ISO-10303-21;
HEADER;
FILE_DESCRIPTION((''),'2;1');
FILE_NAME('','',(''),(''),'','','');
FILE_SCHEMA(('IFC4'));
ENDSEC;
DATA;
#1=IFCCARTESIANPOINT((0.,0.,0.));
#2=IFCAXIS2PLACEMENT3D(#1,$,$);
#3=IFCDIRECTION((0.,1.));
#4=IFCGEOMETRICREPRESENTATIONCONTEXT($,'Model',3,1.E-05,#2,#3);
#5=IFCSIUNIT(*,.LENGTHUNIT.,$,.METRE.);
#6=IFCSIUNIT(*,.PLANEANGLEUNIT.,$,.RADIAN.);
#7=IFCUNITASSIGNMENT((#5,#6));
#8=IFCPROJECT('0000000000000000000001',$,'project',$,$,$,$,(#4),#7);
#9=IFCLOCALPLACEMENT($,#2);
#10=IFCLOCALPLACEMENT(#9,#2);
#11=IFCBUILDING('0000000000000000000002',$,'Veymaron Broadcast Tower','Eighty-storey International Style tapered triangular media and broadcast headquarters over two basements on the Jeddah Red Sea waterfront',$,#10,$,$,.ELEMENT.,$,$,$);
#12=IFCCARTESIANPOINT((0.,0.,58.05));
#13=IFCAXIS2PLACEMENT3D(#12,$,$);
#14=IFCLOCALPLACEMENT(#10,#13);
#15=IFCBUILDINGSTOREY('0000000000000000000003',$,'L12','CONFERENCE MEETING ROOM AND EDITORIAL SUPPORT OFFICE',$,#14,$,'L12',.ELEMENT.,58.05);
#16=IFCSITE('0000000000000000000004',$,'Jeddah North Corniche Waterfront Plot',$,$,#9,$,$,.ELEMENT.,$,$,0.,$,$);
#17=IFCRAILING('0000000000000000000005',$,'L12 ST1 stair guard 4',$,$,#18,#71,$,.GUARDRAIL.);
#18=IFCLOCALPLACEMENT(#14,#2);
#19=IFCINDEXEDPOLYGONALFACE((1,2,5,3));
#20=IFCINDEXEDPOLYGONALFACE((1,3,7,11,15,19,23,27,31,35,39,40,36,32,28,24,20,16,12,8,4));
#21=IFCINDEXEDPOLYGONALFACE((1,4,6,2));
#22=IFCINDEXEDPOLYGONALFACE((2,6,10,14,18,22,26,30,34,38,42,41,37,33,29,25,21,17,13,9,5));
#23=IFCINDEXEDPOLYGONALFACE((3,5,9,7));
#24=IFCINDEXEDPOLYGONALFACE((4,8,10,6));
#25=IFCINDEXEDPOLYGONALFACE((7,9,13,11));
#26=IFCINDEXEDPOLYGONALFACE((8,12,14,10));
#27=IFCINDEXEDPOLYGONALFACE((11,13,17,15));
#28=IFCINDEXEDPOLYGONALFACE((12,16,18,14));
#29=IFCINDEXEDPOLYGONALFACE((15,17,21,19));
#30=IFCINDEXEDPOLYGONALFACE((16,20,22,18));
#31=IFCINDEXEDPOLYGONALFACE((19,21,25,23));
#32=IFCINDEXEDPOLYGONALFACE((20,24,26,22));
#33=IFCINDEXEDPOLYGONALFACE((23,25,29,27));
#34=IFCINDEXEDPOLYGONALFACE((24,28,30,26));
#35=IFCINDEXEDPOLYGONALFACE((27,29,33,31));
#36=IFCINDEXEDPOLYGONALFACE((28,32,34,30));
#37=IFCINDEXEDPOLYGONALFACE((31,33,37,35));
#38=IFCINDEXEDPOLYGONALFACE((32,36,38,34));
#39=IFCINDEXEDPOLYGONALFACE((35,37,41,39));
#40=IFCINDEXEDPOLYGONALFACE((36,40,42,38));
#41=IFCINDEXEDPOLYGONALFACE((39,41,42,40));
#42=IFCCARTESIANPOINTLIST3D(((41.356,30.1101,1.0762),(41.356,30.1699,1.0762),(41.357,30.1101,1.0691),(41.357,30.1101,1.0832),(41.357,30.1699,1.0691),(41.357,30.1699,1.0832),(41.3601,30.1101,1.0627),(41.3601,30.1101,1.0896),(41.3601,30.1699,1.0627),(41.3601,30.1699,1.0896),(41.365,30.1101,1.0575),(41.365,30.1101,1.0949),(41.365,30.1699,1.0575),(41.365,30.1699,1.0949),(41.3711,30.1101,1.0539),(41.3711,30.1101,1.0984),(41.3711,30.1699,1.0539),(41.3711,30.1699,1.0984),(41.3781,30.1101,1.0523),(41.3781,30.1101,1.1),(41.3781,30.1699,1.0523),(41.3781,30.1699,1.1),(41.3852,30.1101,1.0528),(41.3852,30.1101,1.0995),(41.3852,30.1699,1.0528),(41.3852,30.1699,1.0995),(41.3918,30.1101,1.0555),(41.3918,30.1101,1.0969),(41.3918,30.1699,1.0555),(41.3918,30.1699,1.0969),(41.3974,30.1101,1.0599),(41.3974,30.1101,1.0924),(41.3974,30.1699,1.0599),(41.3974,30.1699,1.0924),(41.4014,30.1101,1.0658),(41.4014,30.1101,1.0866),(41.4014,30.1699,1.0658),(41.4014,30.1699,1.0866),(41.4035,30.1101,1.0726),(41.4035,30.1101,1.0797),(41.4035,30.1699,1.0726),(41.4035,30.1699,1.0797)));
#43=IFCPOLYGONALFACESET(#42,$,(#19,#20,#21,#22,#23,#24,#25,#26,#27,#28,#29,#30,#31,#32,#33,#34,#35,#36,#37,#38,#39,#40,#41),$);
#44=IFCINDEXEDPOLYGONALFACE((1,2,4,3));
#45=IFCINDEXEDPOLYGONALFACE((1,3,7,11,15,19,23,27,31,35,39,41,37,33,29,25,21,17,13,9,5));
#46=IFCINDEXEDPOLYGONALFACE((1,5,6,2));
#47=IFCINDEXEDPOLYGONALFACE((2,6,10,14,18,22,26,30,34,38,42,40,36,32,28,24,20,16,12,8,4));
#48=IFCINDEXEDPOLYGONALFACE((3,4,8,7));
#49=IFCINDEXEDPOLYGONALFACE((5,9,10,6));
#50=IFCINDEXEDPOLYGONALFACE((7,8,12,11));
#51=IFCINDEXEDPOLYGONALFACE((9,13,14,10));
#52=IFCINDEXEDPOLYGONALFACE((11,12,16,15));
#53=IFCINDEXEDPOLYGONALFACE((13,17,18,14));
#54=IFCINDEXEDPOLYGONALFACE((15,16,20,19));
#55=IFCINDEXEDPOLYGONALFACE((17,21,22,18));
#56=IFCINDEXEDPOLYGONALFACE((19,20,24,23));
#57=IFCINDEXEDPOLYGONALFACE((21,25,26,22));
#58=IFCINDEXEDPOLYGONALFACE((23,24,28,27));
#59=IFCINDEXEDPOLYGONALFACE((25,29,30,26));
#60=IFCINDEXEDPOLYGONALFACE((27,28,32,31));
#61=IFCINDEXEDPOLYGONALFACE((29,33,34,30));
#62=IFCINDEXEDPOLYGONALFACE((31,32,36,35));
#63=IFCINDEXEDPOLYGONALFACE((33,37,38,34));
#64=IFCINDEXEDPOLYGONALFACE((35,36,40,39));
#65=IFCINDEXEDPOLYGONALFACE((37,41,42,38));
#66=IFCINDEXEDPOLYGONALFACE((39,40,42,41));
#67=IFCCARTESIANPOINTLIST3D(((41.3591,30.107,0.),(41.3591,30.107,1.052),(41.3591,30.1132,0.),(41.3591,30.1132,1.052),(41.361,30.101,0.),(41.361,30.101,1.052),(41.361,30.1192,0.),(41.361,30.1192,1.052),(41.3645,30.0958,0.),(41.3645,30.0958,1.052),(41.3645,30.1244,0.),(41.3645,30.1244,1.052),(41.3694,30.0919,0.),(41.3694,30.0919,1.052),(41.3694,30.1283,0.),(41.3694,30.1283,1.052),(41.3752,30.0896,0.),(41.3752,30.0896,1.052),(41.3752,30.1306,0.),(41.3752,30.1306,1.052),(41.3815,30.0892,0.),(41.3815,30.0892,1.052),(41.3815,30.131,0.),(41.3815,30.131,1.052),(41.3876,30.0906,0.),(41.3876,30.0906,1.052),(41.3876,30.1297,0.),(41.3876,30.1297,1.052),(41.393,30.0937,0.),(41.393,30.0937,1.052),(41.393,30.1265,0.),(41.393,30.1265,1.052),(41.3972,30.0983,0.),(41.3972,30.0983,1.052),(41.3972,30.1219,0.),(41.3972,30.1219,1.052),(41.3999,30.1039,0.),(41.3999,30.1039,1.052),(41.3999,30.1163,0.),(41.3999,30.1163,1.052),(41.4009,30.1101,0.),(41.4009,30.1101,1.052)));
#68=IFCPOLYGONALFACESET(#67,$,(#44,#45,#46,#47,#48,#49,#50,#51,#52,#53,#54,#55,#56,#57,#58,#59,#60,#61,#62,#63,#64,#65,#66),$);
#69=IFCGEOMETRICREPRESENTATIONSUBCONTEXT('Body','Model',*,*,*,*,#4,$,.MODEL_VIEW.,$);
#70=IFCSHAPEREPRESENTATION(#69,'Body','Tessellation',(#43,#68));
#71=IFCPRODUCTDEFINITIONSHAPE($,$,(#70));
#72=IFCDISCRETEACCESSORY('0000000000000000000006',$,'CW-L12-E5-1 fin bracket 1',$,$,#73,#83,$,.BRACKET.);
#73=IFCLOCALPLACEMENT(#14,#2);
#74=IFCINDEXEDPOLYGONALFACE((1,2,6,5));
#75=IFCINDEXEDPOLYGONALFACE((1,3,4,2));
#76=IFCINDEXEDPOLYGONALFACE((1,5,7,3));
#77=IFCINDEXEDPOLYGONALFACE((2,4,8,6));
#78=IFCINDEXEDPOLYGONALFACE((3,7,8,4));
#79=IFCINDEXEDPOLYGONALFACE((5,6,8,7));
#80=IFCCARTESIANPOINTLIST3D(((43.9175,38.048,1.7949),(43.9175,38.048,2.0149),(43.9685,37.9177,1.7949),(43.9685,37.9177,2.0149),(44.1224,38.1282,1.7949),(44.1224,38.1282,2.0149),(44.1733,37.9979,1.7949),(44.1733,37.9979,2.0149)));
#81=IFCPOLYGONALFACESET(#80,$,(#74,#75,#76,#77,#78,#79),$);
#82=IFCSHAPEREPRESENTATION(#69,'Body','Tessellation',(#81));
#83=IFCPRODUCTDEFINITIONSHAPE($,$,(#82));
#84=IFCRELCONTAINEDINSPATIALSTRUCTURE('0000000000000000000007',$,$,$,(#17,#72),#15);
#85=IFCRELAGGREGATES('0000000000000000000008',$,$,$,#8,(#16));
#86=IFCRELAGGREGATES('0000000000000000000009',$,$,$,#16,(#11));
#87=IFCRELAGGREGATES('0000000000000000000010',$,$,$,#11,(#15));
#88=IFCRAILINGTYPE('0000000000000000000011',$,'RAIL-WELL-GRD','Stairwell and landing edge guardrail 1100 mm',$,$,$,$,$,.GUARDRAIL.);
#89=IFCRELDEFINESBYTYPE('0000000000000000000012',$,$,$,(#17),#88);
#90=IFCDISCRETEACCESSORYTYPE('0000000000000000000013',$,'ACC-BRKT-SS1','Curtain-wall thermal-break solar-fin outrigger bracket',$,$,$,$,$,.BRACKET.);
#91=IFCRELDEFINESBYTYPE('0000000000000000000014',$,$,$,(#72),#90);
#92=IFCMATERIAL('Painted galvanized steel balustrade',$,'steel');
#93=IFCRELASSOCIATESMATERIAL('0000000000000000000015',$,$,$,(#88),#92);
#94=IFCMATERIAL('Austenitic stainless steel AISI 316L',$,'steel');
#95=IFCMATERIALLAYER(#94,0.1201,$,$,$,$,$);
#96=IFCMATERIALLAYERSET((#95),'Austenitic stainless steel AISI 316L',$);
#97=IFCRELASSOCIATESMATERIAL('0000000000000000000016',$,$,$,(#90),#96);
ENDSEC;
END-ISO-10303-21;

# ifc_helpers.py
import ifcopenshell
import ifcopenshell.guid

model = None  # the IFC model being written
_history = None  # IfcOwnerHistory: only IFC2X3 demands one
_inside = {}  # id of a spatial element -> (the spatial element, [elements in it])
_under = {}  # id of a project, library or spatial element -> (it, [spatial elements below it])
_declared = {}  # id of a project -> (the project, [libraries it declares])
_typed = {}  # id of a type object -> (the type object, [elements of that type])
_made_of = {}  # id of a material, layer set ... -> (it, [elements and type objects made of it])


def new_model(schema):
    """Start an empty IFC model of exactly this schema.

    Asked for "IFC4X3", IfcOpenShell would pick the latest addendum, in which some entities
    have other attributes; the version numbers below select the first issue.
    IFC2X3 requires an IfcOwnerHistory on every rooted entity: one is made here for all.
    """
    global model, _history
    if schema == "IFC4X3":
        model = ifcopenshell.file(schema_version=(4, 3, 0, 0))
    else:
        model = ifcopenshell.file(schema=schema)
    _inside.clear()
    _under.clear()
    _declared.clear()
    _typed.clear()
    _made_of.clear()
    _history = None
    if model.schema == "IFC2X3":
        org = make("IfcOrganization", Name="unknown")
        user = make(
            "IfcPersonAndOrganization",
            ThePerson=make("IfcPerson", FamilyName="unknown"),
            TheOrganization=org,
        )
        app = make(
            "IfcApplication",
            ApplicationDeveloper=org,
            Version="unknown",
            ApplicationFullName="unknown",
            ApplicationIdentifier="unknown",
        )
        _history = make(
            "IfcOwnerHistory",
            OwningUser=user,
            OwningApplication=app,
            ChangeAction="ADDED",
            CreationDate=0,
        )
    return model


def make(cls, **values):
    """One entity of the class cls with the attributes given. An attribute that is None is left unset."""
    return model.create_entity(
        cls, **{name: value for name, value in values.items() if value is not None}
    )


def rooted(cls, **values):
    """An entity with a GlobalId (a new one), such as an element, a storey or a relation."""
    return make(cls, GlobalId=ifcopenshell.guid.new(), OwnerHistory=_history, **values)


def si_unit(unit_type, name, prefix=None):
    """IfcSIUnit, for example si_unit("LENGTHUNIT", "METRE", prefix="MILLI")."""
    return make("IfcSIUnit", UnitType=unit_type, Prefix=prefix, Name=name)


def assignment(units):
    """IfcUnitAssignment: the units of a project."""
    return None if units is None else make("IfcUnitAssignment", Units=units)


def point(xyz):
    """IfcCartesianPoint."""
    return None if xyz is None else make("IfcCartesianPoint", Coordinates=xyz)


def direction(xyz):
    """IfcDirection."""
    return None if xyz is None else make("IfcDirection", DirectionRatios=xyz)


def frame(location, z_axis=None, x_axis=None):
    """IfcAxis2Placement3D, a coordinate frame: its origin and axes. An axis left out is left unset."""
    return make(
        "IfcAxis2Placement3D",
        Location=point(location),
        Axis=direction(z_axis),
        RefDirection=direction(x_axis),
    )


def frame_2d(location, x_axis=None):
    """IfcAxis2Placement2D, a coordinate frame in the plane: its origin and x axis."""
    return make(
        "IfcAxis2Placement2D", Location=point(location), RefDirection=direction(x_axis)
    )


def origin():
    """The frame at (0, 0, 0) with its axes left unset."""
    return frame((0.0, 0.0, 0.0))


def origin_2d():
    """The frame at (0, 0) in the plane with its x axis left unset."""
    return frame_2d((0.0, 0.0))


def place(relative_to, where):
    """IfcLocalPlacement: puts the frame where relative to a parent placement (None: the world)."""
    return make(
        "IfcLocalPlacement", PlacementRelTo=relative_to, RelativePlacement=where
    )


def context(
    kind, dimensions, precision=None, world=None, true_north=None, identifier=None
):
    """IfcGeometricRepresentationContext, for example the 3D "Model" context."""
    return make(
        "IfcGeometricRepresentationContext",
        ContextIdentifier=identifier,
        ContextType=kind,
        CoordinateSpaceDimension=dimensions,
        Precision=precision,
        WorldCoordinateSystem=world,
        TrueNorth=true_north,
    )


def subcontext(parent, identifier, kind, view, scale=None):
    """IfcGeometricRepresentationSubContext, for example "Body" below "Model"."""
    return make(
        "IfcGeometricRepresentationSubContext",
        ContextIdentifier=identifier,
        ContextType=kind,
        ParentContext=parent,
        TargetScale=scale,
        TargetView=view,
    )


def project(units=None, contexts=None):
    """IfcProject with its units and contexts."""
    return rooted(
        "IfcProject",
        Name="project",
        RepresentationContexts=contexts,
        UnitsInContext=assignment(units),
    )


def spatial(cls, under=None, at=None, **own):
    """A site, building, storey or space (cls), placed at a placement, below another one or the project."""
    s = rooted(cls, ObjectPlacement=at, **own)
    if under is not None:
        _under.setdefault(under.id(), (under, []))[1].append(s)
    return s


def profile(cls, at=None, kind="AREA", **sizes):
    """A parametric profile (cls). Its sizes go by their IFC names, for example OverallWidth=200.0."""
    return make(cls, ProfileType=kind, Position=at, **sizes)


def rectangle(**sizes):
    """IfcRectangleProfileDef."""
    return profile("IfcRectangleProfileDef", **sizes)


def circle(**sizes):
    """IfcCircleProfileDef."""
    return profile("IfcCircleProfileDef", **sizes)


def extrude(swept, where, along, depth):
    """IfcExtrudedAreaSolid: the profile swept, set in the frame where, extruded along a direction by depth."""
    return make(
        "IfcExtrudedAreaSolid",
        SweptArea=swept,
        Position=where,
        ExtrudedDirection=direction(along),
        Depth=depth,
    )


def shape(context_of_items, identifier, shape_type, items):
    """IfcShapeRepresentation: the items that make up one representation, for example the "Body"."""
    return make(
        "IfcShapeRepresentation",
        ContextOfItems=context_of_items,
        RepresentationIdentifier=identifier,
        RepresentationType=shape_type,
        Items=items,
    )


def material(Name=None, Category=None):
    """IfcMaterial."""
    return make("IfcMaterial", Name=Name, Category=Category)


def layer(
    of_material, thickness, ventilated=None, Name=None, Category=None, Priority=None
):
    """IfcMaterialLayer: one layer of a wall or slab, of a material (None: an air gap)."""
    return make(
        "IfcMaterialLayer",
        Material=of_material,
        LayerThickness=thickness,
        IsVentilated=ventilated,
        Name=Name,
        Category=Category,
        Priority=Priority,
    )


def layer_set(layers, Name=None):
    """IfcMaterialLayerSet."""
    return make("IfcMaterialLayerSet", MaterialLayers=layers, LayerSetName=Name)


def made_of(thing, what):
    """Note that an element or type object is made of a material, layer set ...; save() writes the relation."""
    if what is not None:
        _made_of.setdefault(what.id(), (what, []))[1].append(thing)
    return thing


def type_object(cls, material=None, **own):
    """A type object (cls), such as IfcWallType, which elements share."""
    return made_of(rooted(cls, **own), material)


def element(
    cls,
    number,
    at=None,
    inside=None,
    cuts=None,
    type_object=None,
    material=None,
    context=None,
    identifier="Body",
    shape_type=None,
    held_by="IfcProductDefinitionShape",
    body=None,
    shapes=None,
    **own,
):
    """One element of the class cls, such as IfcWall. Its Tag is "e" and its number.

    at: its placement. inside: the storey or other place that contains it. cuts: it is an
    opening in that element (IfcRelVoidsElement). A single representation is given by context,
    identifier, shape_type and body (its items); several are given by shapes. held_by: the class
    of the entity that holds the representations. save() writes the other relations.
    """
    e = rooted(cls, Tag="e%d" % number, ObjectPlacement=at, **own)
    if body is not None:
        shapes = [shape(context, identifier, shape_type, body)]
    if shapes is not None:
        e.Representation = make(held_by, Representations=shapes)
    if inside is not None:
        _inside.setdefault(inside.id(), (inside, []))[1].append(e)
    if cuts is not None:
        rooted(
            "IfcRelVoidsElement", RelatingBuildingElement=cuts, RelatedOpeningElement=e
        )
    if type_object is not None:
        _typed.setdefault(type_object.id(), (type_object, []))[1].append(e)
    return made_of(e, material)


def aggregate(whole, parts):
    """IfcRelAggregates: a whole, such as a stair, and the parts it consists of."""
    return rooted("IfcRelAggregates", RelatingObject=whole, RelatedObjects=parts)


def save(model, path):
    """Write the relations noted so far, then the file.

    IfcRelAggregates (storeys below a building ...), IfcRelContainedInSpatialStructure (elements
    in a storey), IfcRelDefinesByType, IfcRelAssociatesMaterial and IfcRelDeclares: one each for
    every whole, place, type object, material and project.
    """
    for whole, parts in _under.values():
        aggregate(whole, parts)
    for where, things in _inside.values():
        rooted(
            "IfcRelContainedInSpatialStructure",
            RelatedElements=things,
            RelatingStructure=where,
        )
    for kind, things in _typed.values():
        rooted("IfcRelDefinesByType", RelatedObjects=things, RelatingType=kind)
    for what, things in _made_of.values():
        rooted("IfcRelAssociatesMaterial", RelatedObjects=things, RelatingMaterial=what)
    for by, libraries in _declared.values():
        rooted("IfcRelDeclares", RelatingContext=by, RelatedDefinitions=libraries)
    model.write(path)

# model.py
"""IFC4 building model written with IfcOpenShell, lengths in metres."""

from ifc_helpers import new_model, si_unit, direction, frame, origin, origin_2d, place, context, subcontext, project, spatial, rectangle, circle, extrude, material, layer, layer_set, type_object, element, save


model = new_model("IFC4")

# Units and contexts
model_context = context("Model", 3, precision=1e-05, world=origin(), true_north=direction((0.0, 1.0)))
body_context = subcontext(model_context, "Body", "Model", "MODEL_VIEW")
ifc_project = project(units=[si_unit("LENGTHUNIT", "METRE"), si_unit("PLANEANGLEUNIT", "RADIAN")], contexts=[model_context])

# Site, building, storey
site_placement = place(None, origin())
site = spatial("IfcSite", under=ifc_project, at=site_placement, Name="Jeddah North Corniche Waterfront Plot", CompositionType="ELEMENT", RefElevation=0.0)
building_placement = place(site_placement, origin())
building = spatial("IfcBuilding", under=site, at=building_placement, Name="Veymaron Broadcast Tower", Description="Eighty-storey International Style tapered triangular media and broadcast headquarters over two basements on the Jeddah Red Sea waterfront", CompositionType="ELEMENT")
storey_placement = place(building_placement, frame((0.0, 0.0, 58.05)))
storey = spatial("IfcBuildingStorey", under=building, at=storey_placement, Name="L12", Description="CONFERENCE MEETING ROOM AND EDITORIAL SUPPORT OFFICE", LongName="L12", CompositionType="ELEMENT", Elevation=58.05)

# Railing
ifc_material_1 = material(Name="Painted galvanized steel balustrade", Category="steel")
railing_type_1 = type_object("IfcRailingType", Name="RAIL-WELL-GRD", Description="Stairwell and landing edge guardrail 1100 mm", PredefinedType="GUARDRAIL", material=ifc_material_1)
railing_1_placement = place(storey_placement, frame((41.3799, 30.1101, 0.0)))
element("IfcRailing", 1, at=railing_1_placement, inside=storey, type_object=railing_type_1, Name="L12 ST1 stair guard 4", PredefinedType="GUARDRAIL", context=body_context, shape_type="SweptSolid", body=[
    extrude(circle(Radius=0.0239, at=origin_2d()), frame((0.0, 0.0, 1.0762), z_axis=(0.0, 1.0, 0.0), x_axis=(-1.0, 0.0, 0.0)), (0.0, 0.0, 1.0), 0.0598),
    extrude(circle(Radius=0.021, at=origin_2d()), origin(), (0.0, 0.0, 1.0), 1.052),
])

# Discrete accessory
ifc_material_2 = material(Name="Austenitic stainless steel AISI 316L", Category="steel")
ifc_layer_1 = layer(ifc_material_2, 0.1201)
ifc_layer_set_1 = layer_set([ifc_layer_1], Name="Austenitic stainless steel AISI 316L")
discrete_accessory_type = type_object("IfcDiscreteAccessoryType", Name="ACC-BRKT-SS1", Description="Curtain-wall thermal-break solar-fin outrigger bracket", PredefinedType="BRACKET", material=ifc_layer_set_1)
discrete_accessory_placement = place(storey_placement, frame((44.0454, 38.0229, 1.7949), z_axis=(0.0, 0.0, 1.0), x_axis=(0.931285, 0.364292, 0.0)))
element("IfcDiscreteAccessory", 2, at=discrete_accessory_placement, inside=storey, type_object=discrete_accessory_type, Name="CW-L12-E5-1 fin bracket 1", PredefinedType="BRACKET", context=body_context, shape_type="SweptSolid", body=[
    extrude(rectangle(XDim=0.22, YDim=0.1399, at=origin_2d()), origin(), (0.0, 0.0, 1.0), 0.22),
])

save(model, "model.ifc")
